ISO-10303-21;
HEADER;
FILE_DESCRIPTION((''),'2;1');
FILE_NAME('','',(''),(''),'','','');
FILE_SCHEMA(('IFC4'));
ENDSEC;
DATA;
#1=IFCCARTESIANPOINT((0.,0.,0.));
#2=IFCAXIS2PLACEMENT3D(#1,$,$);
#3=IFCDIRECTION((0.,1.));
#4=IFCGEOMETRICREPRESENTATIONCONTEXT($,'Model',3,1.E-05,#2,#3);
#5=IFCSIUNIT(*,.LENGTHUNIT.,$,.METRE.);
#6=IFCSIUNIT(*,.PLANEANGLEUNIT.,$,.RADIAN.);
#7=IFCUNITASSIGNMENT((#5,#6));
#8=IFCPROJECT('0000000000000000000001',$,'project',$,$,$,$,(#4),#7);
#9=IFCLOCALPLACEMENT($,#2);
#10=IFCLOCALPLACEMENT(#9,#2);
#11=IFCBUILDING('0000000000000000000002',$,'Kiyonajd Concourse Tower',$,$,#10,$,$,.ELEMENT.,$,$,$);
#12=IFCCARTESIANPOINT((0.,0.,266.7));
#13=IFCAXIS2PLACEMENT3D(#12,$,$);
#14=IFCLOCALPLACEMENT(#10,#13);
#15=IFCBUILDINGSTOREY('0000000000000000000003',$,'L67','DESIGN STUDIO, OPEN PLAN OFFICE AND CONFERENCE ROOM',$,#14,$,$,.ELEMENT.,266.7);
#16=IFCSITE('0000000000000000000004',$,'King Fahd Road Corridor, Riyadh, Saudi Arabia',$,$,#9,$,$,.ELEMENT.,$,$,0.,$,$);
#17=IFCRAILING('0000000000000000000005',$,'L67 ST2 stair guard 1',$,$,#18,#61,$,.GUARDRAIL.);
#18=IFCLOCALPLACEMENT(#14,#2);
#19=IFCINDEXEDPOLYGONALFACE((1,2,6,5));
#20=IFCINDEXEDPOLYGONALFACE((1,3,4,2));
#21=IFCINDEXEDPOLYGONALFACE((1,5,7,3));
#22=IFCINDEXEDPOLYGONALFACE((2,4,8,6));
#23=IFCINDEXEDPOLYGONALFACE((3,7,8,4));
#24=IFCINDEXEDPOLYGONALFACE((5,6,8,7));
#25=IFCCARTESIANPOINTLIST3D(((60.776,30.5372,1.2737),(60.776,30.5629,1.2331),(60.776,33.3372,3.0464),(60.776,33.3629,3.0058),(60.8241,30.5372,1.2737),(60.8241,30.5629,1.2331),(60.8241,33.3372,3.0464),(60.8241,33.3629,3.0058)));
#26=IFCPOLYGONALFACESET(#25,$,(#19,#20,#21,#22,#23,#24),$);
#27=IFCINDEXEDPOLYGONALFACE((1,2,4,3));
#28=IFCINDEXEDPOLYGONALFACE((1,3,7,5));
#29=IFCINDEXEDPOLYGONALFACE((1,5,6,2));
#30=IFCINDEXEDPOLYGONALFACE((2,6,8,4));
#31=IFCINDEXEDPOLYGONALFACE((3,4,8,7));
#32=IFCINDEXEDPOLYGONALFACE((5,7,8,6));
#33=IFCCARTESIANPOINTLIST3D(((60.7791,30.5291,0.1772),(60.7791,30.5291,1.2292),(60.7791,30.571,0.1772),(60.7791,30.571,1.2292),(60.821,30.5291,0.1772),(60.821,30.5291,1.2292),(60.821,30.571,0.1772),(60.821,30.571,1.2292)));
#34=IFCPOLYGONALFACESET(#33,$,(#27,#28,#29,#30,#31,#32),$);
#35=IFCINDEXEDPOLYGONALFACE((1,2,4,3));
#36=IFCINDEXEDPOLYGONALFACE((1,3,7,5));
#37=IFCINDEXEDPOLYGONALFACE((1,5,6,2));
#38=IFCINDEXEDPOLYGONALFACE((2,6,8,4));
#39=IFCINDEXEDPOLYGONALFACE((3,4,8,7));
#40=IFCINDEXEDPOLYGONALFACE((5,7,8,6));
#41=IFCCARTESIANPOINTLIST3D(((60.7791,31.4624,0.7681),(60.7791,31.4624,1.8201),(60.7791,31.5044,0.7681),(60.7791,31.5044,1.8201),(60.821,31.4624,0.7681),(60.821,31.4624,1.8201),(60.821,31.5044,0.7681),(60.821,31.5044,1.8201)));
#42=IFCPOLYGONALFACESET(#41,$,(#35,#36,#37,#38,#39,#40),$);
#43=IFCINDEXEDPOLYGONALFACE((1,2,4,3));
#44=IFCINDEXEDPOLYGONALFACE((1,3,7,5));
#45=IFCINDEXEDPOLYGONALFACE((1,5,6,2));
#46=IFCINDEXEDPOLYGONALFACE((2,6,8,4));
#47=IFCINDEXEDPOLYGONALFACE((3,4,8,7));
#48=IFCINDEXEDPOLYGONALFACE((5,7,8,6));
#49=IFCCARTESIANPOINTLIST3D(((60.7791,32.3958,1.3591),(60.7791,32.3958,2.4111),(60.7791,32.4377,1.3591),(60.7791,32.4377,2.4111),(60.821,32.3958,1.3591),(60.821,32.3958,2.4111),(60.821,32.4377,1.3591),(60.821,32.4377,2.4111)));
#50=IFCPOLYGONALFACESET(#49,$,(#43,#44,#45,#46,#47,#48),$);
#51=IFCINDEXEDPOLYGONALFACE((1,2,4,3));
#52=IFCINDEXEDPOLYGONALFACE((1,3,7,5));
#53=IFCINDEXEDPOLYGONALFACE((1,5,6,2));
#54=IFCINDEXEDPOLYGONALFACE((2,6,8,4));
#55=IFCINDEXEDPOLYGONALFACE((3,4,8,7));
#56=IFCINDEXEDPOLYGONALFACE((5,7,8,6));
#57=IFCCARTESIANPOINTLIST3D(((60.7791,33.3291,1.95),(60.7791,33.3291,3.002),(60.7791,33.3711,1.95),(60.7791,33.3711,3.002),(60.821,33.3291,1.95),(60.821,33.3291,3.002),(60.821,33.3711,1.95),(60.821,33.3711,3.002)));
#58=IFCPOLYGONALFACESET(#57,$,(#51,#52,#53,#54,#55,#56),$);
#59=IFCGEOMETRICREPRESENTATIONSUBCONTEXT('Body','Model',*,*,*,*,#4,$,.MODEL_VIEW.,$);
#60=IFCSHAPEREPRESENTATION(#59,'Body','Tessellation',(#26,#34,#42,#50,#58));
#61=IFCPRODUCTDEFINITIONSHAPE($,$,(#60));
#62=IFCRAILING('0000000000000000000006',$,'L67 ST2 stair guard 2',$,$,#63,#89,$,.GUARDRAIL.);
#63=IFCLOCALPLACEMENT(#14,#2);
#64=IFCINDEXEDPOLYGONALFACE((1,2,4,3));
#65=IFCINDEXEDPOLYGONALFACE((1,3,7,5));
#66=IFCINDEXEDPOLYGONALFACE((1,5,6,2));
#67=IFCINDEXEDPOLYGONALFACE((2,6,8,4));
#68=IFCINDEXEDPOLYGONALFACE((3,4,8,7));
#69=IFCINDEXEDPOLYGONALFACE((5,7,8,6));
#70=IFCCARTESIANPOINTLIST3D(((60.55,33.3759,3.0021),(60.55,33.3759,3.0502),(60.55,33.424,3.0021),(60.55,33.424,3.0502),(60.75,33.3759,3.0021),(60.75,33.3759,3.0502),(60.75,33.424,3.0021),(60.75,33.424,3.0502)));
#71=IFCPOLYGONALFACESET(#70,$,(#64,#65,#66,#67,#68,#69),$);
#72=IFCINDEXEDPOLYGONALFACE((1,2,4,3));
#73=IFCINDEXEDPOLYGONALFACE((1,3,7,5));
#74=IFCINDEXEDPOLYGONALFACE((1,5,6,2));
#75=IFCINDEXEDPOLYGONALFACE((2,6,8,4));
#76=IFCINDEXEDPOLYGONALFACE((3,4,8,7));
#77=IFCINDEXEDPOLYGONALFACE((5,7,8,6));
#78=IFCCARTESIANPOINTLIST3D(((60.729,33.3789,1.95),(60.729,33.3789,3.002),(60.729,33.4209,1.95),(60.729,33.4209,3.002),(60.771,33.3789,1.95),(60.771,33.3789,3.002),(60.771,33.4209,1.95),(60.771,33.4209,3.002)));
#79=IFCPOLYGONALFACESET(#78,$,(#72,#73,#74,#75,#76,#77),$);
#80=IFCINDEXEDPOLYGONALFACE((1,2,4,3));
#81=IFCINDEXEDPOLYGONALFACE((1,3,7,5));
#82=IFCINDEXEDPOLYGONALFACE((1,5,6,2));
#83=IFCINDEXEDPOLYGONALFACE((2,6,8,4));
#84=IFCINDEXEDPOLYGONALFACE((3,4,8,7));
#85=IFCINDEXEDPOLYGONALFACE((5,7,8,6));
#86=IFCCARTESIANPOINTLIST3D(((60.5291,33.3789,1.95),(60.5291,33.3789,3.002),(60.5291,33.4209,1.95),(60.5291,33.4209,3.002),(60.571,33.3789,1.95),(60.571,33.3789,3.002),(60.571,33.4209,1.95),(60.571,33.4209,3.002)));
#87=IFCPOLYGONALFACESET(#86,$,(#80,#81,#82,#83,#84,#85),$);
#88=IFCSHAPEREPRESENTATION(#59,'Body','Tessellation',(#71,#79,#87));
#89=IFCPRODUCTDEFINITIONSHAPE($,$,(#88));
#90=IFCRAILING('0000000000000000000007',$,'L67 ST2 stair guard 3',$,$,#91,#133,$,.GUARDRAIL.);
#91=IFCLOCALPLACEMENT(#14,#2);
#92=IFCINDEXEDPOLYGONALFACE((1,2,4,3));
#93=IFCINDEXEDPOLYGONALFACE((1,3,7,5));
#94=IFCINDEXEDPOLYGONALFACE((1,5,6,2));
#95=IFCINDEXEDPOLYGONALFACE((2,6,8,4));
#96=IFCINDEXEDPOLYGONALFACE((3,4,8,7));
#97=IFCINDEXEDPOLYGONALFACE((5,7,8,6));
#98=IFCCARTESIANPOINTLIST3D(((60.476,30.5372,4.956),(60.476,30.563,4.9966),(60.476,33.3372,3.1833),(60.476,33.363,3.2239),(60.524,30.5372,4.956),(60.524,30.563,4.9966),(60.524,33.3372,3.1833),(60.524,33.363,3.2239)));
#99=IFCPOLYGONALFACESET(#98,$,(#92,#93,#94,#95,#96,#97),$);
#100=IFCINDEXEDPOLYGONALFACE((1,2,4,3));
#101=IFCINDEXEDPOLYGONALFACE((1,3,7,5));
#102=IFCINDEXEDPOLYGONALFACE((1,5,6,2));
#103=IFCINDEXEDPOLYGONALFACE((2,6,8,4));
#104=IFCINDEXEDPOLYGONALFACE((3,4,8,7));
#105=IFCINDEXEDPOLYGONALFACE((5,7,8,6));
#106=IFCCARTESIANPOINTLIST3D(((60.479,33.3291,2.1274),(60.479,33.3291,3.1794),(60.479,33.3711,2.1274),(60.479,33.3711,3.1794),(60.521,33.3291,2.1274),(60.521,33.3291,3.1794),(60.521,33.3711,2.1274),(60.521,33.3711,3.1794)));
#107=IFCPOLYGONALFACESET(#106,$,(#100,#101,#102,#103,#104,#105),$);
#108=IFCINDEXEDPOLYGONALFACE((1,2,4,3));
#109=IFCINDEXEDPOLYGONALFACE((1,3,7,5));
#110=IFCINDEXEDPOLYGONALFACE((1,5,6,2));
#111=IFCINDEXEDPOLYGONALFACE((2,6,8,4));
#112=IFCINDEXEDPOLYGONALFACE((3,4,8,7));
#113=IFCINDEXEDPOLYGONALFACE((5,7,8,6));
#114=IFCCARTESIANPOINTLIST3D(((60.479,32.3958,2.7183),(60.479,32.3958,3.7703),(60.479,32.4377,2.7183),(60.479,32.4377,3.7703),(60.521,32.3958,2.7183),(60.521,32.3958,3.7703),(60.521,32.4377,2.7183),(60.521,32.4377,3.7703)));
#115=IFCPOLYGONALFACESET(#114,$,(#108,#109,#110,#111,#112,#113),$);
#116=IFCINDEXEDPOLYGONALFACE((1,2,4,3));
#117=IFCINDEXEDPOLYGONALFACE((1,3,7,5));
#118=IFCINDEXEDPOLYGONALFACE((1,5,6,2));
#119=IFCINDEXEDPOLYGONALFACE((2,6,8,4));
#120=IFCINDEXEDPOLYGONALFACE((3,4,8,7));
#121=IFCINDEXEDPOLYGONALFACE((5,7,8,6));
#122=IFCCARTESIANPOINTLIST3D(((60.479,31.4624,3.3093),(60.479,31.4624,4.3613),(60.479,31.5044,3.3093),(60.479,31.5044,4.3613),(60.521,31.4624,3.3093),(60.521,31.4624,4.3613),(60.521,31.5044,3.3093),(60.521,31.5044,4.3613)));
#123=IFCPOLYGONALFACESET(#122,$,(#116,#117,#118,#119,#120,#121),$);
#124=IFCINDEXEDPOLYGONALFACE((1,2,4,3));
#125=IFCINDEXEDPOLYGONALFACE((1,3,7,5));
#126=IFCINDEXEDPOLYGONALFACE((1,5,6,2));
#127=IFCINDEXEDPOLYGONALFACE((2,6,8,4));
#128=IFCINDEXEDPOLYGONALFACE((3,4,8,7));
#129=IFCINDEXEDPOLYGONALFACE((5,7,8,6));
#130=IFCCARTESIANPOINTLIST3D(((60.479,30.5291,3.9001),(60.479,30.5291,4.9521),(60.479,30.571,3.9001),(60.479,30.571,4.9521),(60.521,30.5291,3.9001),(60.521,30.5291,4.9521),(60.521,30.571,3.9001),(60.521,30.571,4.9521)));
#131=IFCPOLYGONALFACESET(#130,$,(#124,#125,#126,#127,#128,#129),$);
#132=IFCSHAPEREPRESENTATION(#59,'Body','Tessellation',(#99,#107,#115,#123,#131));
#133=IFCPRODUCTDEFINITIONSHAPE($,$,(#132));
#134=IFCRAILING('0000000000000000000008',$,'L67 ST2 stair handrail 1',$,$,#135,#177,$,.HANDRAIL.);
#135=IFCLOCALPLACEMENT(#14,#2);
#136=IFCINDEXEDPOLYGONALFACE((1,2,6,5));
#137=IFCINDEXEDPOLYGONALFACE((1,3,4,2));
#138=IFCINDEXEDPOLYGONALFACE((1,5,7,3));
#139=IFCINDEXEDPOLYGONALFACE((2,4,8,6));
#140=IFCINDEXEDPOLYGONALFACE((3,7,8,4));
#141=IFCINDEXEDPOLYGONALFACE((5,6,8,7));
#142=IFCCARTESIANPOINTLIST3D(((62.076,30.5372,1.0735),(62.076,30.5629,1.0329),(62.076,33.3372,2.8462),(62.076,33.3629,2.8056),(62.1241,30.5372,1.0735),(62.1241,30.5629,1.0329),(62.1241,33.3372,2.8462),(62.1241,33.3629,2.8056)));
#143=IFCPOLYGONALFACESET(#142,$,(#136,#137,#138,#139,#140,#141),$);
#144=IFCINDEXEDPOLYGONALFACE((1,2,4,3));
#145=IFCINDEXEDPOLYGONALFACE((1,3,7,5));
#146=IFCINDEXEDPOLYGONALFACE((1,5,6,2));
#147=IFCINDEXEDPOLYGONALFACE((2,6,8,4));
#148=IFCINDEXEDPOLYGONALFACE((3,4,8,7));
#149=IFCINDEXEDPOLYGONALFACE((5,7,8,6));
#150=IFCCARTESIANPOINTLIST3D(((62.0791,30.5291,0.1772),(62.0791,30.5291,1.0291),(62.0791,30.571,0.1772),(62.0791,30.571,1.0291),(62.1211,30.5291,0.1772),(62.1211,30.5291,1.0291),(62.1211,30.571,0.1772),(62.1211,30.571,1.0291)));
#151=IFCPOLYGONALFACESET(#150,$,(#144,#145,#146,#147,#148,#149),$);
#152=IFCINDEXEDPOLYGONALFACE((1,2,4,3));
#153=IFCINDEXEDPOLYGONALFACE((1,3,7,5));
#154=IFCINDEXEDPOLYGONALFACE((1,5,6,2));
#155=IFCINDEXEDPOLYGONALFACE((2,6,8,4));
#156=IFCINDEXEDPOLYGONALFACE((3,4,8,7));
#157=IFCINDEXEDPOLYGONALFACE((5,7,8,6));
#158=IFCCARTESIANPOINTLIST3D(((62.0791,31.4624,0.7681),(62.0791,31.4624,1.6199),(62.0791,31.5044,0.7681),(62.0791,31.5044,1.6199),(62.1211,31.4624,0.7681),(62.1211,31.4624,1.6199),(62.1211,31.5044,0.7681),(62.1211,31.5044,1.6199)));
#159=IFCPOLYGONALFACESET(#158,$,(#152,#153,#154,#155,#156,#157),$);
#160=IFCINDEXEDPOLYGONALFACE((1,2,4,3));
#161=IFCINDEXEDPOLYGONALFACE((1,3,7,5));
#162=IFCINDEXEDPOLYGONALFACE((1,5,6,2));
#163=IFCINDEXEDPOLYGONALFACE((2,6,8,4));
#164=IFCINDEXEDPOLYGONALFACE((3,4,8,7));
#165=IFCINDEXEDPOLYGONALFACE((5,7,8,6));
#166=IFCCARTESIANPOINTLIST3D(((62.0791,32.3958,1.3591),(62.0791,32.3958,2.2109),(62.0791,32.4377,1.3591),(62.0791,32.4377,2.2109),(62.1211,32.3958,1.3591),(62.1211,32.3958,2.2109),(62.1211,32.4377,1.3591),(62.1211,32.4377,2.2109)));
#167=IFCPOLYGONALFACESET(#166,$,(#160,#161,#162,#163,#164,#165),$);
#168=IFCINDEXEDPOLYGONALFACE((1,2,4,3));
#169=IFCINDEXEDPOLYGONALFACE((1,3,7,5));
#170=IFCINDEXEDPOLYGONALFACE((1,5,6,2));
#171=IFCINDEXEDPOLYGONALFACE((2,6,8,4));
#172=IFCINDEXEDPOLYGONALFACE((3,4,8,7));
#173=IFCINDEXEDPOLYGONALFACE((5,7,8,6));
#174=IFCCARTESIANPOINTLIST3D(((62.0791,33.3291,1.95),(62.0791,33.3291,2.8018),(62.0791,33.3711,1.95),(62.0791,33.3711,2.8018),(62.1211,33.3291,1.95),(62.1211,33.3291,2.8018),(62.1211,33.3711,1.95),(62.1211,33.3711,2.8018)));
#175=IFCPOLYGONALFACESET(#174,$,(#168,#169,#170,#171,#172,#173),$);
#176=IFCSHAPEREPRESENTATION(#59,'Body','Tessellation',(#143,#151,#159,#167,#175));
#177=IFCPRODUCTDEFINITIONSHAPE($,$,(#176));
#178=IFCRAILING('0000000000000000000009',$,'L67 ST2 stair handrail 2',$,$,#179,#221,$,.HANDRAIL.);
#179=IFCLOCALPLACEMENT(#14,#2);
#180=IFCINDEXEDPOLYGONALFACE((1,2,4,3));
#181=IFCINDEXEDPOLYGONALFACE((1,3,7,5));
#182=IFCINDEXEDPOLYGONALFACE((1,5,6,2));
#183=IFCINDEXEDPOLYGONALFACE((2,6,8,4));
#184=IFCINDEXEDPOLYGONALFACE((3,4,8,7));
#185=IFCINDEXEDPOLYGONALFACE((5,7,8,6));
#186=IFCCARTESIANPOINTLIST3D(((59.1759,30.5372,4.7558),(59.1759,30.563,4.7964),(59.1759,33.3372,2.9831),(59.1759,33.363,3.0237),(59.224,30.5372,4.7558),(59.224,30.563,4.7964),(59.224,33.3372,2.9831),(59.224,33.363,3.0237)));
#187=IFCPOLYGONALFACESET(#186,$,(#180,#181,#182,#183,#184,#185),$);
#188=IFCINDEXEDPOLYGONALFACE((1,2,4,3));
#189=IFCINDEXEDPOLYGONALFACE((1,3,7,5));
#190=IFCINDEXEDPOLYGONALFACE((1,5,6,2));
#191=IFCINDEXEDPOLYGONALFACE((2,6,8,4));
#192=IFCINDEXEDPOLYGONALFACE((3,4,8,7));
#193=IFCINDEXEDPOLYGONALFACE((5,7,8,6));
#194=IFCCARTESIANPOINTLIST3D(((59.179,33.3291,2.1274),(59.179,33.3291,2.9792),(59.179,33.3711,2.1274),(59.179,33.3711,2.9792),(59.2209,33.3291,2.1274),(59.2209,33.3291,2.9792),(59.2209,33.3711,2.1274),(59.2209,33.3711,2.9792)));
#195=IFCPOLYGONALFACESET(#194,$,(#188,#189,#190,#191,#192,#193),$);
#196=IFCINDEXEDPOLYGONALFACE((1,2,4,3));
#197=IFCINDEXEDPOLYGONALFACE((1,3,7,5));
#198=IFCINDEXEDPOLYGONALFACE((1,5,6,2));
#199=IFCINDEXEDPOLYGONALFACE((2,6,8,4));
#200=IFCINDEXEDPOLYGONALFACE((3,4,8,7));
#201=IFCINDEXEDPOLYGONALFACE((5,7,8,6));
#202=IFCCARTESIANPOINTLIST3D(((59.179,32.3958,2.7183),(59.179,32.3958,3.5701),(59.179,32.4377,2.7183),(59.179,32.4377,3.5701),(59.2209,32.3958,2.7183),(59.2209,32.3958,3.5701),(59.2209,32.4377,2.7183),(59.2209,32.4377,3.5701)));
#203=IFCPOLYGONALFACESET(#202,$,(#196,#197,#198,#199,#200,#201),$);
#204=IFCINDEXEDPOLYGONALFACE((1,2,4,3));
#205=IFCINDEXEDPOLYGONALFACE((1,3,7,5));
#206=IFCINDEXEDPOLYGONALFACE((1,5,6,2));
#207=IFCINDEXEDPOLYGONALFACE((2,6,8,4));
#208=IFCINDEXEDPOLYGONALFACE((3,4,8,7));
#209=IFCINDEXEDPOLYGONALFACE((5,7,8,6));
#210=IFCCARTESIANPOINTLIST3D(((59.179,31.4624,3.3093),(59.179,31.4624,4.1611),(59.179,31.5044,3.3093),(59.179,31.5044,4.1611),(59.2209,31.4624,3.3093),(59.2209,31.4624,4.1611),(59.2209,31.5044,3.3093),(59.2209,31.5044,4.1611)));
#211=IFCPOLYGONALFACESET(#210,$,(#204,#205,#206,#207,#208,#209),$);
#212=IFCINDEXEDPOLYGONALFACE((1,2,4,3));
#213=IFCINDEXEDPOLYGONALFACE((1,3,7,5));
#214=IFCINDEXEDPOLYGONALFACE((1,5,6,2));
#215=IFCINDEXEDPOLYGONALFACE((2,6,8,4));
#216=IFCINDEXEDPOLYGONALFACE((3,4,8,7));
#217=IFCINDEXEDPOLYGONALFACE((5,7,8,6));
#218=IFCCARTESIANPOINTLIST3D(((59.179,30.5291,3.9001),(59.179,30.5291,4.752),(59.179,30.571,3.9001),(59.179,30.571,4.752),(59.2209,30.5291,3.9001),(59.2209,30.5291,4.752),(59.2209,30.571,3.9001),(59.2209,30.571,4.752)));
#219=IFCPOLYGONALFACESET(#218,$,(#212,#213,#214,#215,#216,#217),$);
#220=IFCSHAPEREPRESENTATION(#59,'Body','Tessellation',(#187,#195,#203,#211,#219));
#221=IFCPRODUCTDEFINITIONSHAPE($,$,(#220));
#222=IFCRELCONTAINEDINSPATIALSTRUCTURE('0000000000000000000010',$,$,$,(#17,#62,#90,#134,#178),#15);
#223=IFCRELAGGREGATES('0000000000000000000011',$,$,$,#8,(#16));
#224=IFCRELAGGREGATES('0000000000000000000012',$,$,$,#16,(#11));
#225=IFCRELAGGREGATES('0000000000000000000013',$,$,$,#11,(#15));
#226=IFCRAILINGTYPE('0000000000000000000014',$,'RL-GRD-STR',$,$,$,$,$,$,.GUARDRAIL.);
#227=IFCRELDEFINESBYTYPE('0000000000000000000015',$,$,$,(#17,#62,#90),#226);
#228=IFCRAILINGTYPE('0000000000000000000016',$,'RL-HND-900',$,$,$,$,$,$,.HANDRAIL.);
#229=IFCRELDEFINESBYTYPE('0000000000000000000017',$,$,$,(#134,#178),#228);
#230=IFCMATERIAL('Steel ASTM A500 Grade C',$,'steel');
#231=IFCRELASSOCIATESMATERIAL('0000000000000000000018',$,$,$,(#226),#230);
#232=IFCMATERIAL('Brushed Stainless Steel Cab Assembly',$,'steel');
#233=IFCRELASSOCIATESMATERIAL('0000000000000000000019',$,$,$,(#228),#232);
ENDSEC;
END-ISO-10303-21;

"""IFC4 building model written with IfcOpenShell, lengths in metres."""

from ifc_helpers import new_model, si_unit, direction, frame, origin, origin_2d, place, context, subcontext, project, spatial, rectangle, extrude, material, type_object, element, save


model = new_model("IFC4")

# Units and contexts
model_context = context("Model", 3, precision=1e-05, world=origin(), true_north=direction((0.0, 1.0)))
body_context = subcontext(model_context, "Body", "Model", "MODEL_VIEW")
ifc_project = project(units=[si_unit("LENGTHUNIT", "METRE"), si_unit("PLANEANGLEUNIT", "RADIAN")], contexts=[model_context])

# Site, building, storey
site_placement = place(None, origin())
site = spatial("IfcSite", under=ifc_project, at=site_placement, Name="King Fahd Road Corridor, Riyadh, Saudi Arabia", CompositionType="ELEMENT", RefElevation=0.0)
building_placement = place(site_placement, origin())
building = spatial("IfcBuilding", under=site, at=building_placement, Name="Kiyonajd Concourse Tower", CompositionType="ELEMENT")
storey_placement = place(building_placement, frame((0.0, 0.0, 266.7)))
storey = spatial("IfcBuildingStorey", under=building, at=storey_placement, Name="L67", Description="DESIGN STUDIO, OPEN PLAN OFFICE AND CONFERENCE ROOM", CompositionType="ELEMENT", Elevation=266.7)

# Railings
ifc_material_1 = material(Name="Steel ASTM A500 Grade C", Category="steel")
railing_type_1 = type_object("IfcRailingType", Name="RL-GRD-STR", PredefinedType="GUARDRAIL", material=ifc_material_1)
railing_1_placement = place(storey_placement, frame((60.8, 30.55, 0.1772)))
element("IfcRailing", 1, at=railing_1_placement, inside=storey, type_object=railing_type_1, Name="L67 ST2 stair guard 1", PredefinedType="GUARDRAIL", context=body_context, shape_type="SweptSolid", body=[
    extrude(rectangle(XDim=0.0481, YDim=0.0481, at=origin_2d()), frame((0.0, 0.0, 1.0762), z_axis=(0.0, 0.844909, 0.53491), x_axis=(-1.0, 0.0, 0.0)), (0.0, 0.0, 1.0), 3.314),
    extrude(rectangle(XDim=0.042, YDim=0.042, at=origin_2d()), origin(), (0.0, 0.0, 1.0), 1.052),
    extrude(rectangle(XDim=0.042, YDim=0.042, at=origin_2d()), frame((0.0, 0.9333, 0.5908)), (0.0, 0.0, 1.0), 1.052),
    extrude(rectangle(XDim=0.042, YDim=0.042, at=origin_2d()), frame((0.0, 1.8667, 1.1819)), (0.0, 0.0, 1.0), 1.052),
    extrude(rectangle(XDim=0.042, YDim=0.042, at=origin_2d()), frame((0.0, 2.8, 1.7727)), (0.0, 0.0, 1.0), 1.052),
])
railing_2_placement = place(storey_placement, frame((60.75, 33.3999, 1.95)))
element("IfcRailing", 2, at=railing_2_placement, inside=storey, type_object=railing_type_1, Name="L67 ST2 stair guard 2", PredefinedType="GUARDRAIL", context=body_context, shape_type="SweptSolid", body=[
    extrude(rectangle(XDim=0.0481, YDim=0.0481, at=origin_2d()), frame((0.0, 0.0, 1.0762), z_axis=(-1.0, 0.0, 0.0), x_axis=(0.0, -1.0, 0.0)), (0.0, 0.0, 1.0), 0.2),
    extrude(rectangle(XDim=0.042, YDim=0.042, at=origin_2d()), origin(), (0.0, 0.0, 1.0), 1.052),
    extrude(rectangle(XDim=0.042, YDim=0.042, at=origin_2d()), frame((-0.2, 0.0, 0.0)), (0.0, 0.0, 1.0), 1.052),
])
railing_3_placement = place(storey_placement, frame((60.5, 33.3501, 2.1274)))
element("IfcRailing", 3, at=railing_3_placement, inside=storey, type_object=railing_type_1, Name="L67 ST2 stair guard 3", PredefinedType="GUARDRAIL", context=body_context, shape_type="SweptSolid", body=[
    extrude(rectangle(XDim=0.0481, YDim=0.0481, at=origin_2d()), frame((0.0, 0.0, 1.0762), z_axis=(0.0, -0.844909, 0.53491), x_axis=(1.0, 0.0, 0.0)), (0.0, 0.0, 1.0), 3.314),
    extrude(rectangle(XDim=0.042, YDim=0.042, at=origin_2d()), origin(), (0.0, 0.0, 1.0), 1.052),
    extrude(rectangle(XDim=0.042, YDim=0.042, at=origin_2d()), frame((0.0, -0.9333, 0.5908)), (0.0, 0.0, 1.0), 1.052),
    extrude(rectangle(XDim=0.042, YDim=0.042, at=origin_2d()), frame((0.0, -1.8667, 1.1819)), (0.0, 0.0, 1.0), 1.052),
    extrude(rectangle(XDim=0.042, YDim=0.042, at=origin_2d()), frame((0.0, -2.8, 1.7727)), (0.0, 0.0, 1.0), 1.052),
])
ifc_material_2 = material(Name="Brushed Stainless Steel Cab Assembly", Category="steel")
railing_type_2 = type_object("IfcRailingType", Name="RL-HND-900", PredefinedType="HANDRAIL", material=ifc_material_2)
railing_4_placement = place(storey_placement, frame((62.1001, 30.55, 0.1772)))
element("IfcRailing", 4, at=railing_4_placement, inside=storey, type_object=railing_type_2, Name="L67 ST2 stair handrail 1", PredefinedType="HANDRAIL", context=body_context, shape_type="SweptSolid", body=[
    extrude(rectangle(XDim=0.0481, YDim=0.0481, at=origin_2d()), frame((0.0, 0.0, 0.876), z_axis=(0.0, 0.844909, 0.53491), x_axis=(-1.0, 0.0, 0.0)), (0.0, 0.0, 1.0), 3.314),
    extrude(rectangle(XDim=0.042, YDim=0.042, at=origin_2d()), origin(), (0.0, 0.0, 1.0), 0.8518),
    extrude(rectangle(XDim=0.042, YDim=0.042, at=origin_2d()), frame((0.0, 0.9333, 0.5908)), (0.0, 0.0, 1.0), 0.8518),
    extrude(rectangle(XDim=0.042, YDim=0.042, at=origin_2d()), frame((0.0, 1.8667, 1.1819)), (0.0, 0.0, 1.0), 0.8518),
    extrude(rectangle(XDim=0.042, YDim=0.042, at=origin_2d()), frame((0.0, 2.8, 1.7727)), (0.0, 0.0, 1.0), 0.8518),
])
railing_5_placement = place(storey_placement, frame((59.2, 33.3501, 2.1274)))
element("IfcRailing", 5, at=railing_5_placement, inside=storey, type_object=railing_type_2, Name="L67 ST2 stair handrail 2", PredefinedType="HANDRAIL", context=body_context, shape_type="SweptSolid", body=[
    extrude(rectangle(XDim=0.0481, YDim=0.0481, at=origin_2d()), frame((0.0, 0.0, 0.876), z_axis=(0.0, -0.844909, 0.53491), x_axis=(1.0, 0.0, 0.0)), (0.0, 0.0, 1.0), 3.314),
    extrude(rectangle(XDim=0.042, YDim=0.042, at=origin_2d()), origin(), (0.0, 0.0, 1.0), 0.8518),
    extrude(rectangle(XDim=0.042, YDim=0.042, at=origin_2d()), frame((0.0, -0.9333, 0.5908)), (0.0, 0.0, 1.0), 0.8518),
    extrude(rectangle(XDim=0.042, YDim=0.042, at=origin_2d()), frame((0.0, -1.8667, 1.1819)), (0.0, 0.0, 1.0), 0.8518),
    extrude(rectangle(XDim=0.042, YDim=0.042, at=origin_2d()), frame((0.0, -2.8, 1.7727)), (0.0, 0.0, 1.0), 0.8518),
])

save(model, "model.ifc")
